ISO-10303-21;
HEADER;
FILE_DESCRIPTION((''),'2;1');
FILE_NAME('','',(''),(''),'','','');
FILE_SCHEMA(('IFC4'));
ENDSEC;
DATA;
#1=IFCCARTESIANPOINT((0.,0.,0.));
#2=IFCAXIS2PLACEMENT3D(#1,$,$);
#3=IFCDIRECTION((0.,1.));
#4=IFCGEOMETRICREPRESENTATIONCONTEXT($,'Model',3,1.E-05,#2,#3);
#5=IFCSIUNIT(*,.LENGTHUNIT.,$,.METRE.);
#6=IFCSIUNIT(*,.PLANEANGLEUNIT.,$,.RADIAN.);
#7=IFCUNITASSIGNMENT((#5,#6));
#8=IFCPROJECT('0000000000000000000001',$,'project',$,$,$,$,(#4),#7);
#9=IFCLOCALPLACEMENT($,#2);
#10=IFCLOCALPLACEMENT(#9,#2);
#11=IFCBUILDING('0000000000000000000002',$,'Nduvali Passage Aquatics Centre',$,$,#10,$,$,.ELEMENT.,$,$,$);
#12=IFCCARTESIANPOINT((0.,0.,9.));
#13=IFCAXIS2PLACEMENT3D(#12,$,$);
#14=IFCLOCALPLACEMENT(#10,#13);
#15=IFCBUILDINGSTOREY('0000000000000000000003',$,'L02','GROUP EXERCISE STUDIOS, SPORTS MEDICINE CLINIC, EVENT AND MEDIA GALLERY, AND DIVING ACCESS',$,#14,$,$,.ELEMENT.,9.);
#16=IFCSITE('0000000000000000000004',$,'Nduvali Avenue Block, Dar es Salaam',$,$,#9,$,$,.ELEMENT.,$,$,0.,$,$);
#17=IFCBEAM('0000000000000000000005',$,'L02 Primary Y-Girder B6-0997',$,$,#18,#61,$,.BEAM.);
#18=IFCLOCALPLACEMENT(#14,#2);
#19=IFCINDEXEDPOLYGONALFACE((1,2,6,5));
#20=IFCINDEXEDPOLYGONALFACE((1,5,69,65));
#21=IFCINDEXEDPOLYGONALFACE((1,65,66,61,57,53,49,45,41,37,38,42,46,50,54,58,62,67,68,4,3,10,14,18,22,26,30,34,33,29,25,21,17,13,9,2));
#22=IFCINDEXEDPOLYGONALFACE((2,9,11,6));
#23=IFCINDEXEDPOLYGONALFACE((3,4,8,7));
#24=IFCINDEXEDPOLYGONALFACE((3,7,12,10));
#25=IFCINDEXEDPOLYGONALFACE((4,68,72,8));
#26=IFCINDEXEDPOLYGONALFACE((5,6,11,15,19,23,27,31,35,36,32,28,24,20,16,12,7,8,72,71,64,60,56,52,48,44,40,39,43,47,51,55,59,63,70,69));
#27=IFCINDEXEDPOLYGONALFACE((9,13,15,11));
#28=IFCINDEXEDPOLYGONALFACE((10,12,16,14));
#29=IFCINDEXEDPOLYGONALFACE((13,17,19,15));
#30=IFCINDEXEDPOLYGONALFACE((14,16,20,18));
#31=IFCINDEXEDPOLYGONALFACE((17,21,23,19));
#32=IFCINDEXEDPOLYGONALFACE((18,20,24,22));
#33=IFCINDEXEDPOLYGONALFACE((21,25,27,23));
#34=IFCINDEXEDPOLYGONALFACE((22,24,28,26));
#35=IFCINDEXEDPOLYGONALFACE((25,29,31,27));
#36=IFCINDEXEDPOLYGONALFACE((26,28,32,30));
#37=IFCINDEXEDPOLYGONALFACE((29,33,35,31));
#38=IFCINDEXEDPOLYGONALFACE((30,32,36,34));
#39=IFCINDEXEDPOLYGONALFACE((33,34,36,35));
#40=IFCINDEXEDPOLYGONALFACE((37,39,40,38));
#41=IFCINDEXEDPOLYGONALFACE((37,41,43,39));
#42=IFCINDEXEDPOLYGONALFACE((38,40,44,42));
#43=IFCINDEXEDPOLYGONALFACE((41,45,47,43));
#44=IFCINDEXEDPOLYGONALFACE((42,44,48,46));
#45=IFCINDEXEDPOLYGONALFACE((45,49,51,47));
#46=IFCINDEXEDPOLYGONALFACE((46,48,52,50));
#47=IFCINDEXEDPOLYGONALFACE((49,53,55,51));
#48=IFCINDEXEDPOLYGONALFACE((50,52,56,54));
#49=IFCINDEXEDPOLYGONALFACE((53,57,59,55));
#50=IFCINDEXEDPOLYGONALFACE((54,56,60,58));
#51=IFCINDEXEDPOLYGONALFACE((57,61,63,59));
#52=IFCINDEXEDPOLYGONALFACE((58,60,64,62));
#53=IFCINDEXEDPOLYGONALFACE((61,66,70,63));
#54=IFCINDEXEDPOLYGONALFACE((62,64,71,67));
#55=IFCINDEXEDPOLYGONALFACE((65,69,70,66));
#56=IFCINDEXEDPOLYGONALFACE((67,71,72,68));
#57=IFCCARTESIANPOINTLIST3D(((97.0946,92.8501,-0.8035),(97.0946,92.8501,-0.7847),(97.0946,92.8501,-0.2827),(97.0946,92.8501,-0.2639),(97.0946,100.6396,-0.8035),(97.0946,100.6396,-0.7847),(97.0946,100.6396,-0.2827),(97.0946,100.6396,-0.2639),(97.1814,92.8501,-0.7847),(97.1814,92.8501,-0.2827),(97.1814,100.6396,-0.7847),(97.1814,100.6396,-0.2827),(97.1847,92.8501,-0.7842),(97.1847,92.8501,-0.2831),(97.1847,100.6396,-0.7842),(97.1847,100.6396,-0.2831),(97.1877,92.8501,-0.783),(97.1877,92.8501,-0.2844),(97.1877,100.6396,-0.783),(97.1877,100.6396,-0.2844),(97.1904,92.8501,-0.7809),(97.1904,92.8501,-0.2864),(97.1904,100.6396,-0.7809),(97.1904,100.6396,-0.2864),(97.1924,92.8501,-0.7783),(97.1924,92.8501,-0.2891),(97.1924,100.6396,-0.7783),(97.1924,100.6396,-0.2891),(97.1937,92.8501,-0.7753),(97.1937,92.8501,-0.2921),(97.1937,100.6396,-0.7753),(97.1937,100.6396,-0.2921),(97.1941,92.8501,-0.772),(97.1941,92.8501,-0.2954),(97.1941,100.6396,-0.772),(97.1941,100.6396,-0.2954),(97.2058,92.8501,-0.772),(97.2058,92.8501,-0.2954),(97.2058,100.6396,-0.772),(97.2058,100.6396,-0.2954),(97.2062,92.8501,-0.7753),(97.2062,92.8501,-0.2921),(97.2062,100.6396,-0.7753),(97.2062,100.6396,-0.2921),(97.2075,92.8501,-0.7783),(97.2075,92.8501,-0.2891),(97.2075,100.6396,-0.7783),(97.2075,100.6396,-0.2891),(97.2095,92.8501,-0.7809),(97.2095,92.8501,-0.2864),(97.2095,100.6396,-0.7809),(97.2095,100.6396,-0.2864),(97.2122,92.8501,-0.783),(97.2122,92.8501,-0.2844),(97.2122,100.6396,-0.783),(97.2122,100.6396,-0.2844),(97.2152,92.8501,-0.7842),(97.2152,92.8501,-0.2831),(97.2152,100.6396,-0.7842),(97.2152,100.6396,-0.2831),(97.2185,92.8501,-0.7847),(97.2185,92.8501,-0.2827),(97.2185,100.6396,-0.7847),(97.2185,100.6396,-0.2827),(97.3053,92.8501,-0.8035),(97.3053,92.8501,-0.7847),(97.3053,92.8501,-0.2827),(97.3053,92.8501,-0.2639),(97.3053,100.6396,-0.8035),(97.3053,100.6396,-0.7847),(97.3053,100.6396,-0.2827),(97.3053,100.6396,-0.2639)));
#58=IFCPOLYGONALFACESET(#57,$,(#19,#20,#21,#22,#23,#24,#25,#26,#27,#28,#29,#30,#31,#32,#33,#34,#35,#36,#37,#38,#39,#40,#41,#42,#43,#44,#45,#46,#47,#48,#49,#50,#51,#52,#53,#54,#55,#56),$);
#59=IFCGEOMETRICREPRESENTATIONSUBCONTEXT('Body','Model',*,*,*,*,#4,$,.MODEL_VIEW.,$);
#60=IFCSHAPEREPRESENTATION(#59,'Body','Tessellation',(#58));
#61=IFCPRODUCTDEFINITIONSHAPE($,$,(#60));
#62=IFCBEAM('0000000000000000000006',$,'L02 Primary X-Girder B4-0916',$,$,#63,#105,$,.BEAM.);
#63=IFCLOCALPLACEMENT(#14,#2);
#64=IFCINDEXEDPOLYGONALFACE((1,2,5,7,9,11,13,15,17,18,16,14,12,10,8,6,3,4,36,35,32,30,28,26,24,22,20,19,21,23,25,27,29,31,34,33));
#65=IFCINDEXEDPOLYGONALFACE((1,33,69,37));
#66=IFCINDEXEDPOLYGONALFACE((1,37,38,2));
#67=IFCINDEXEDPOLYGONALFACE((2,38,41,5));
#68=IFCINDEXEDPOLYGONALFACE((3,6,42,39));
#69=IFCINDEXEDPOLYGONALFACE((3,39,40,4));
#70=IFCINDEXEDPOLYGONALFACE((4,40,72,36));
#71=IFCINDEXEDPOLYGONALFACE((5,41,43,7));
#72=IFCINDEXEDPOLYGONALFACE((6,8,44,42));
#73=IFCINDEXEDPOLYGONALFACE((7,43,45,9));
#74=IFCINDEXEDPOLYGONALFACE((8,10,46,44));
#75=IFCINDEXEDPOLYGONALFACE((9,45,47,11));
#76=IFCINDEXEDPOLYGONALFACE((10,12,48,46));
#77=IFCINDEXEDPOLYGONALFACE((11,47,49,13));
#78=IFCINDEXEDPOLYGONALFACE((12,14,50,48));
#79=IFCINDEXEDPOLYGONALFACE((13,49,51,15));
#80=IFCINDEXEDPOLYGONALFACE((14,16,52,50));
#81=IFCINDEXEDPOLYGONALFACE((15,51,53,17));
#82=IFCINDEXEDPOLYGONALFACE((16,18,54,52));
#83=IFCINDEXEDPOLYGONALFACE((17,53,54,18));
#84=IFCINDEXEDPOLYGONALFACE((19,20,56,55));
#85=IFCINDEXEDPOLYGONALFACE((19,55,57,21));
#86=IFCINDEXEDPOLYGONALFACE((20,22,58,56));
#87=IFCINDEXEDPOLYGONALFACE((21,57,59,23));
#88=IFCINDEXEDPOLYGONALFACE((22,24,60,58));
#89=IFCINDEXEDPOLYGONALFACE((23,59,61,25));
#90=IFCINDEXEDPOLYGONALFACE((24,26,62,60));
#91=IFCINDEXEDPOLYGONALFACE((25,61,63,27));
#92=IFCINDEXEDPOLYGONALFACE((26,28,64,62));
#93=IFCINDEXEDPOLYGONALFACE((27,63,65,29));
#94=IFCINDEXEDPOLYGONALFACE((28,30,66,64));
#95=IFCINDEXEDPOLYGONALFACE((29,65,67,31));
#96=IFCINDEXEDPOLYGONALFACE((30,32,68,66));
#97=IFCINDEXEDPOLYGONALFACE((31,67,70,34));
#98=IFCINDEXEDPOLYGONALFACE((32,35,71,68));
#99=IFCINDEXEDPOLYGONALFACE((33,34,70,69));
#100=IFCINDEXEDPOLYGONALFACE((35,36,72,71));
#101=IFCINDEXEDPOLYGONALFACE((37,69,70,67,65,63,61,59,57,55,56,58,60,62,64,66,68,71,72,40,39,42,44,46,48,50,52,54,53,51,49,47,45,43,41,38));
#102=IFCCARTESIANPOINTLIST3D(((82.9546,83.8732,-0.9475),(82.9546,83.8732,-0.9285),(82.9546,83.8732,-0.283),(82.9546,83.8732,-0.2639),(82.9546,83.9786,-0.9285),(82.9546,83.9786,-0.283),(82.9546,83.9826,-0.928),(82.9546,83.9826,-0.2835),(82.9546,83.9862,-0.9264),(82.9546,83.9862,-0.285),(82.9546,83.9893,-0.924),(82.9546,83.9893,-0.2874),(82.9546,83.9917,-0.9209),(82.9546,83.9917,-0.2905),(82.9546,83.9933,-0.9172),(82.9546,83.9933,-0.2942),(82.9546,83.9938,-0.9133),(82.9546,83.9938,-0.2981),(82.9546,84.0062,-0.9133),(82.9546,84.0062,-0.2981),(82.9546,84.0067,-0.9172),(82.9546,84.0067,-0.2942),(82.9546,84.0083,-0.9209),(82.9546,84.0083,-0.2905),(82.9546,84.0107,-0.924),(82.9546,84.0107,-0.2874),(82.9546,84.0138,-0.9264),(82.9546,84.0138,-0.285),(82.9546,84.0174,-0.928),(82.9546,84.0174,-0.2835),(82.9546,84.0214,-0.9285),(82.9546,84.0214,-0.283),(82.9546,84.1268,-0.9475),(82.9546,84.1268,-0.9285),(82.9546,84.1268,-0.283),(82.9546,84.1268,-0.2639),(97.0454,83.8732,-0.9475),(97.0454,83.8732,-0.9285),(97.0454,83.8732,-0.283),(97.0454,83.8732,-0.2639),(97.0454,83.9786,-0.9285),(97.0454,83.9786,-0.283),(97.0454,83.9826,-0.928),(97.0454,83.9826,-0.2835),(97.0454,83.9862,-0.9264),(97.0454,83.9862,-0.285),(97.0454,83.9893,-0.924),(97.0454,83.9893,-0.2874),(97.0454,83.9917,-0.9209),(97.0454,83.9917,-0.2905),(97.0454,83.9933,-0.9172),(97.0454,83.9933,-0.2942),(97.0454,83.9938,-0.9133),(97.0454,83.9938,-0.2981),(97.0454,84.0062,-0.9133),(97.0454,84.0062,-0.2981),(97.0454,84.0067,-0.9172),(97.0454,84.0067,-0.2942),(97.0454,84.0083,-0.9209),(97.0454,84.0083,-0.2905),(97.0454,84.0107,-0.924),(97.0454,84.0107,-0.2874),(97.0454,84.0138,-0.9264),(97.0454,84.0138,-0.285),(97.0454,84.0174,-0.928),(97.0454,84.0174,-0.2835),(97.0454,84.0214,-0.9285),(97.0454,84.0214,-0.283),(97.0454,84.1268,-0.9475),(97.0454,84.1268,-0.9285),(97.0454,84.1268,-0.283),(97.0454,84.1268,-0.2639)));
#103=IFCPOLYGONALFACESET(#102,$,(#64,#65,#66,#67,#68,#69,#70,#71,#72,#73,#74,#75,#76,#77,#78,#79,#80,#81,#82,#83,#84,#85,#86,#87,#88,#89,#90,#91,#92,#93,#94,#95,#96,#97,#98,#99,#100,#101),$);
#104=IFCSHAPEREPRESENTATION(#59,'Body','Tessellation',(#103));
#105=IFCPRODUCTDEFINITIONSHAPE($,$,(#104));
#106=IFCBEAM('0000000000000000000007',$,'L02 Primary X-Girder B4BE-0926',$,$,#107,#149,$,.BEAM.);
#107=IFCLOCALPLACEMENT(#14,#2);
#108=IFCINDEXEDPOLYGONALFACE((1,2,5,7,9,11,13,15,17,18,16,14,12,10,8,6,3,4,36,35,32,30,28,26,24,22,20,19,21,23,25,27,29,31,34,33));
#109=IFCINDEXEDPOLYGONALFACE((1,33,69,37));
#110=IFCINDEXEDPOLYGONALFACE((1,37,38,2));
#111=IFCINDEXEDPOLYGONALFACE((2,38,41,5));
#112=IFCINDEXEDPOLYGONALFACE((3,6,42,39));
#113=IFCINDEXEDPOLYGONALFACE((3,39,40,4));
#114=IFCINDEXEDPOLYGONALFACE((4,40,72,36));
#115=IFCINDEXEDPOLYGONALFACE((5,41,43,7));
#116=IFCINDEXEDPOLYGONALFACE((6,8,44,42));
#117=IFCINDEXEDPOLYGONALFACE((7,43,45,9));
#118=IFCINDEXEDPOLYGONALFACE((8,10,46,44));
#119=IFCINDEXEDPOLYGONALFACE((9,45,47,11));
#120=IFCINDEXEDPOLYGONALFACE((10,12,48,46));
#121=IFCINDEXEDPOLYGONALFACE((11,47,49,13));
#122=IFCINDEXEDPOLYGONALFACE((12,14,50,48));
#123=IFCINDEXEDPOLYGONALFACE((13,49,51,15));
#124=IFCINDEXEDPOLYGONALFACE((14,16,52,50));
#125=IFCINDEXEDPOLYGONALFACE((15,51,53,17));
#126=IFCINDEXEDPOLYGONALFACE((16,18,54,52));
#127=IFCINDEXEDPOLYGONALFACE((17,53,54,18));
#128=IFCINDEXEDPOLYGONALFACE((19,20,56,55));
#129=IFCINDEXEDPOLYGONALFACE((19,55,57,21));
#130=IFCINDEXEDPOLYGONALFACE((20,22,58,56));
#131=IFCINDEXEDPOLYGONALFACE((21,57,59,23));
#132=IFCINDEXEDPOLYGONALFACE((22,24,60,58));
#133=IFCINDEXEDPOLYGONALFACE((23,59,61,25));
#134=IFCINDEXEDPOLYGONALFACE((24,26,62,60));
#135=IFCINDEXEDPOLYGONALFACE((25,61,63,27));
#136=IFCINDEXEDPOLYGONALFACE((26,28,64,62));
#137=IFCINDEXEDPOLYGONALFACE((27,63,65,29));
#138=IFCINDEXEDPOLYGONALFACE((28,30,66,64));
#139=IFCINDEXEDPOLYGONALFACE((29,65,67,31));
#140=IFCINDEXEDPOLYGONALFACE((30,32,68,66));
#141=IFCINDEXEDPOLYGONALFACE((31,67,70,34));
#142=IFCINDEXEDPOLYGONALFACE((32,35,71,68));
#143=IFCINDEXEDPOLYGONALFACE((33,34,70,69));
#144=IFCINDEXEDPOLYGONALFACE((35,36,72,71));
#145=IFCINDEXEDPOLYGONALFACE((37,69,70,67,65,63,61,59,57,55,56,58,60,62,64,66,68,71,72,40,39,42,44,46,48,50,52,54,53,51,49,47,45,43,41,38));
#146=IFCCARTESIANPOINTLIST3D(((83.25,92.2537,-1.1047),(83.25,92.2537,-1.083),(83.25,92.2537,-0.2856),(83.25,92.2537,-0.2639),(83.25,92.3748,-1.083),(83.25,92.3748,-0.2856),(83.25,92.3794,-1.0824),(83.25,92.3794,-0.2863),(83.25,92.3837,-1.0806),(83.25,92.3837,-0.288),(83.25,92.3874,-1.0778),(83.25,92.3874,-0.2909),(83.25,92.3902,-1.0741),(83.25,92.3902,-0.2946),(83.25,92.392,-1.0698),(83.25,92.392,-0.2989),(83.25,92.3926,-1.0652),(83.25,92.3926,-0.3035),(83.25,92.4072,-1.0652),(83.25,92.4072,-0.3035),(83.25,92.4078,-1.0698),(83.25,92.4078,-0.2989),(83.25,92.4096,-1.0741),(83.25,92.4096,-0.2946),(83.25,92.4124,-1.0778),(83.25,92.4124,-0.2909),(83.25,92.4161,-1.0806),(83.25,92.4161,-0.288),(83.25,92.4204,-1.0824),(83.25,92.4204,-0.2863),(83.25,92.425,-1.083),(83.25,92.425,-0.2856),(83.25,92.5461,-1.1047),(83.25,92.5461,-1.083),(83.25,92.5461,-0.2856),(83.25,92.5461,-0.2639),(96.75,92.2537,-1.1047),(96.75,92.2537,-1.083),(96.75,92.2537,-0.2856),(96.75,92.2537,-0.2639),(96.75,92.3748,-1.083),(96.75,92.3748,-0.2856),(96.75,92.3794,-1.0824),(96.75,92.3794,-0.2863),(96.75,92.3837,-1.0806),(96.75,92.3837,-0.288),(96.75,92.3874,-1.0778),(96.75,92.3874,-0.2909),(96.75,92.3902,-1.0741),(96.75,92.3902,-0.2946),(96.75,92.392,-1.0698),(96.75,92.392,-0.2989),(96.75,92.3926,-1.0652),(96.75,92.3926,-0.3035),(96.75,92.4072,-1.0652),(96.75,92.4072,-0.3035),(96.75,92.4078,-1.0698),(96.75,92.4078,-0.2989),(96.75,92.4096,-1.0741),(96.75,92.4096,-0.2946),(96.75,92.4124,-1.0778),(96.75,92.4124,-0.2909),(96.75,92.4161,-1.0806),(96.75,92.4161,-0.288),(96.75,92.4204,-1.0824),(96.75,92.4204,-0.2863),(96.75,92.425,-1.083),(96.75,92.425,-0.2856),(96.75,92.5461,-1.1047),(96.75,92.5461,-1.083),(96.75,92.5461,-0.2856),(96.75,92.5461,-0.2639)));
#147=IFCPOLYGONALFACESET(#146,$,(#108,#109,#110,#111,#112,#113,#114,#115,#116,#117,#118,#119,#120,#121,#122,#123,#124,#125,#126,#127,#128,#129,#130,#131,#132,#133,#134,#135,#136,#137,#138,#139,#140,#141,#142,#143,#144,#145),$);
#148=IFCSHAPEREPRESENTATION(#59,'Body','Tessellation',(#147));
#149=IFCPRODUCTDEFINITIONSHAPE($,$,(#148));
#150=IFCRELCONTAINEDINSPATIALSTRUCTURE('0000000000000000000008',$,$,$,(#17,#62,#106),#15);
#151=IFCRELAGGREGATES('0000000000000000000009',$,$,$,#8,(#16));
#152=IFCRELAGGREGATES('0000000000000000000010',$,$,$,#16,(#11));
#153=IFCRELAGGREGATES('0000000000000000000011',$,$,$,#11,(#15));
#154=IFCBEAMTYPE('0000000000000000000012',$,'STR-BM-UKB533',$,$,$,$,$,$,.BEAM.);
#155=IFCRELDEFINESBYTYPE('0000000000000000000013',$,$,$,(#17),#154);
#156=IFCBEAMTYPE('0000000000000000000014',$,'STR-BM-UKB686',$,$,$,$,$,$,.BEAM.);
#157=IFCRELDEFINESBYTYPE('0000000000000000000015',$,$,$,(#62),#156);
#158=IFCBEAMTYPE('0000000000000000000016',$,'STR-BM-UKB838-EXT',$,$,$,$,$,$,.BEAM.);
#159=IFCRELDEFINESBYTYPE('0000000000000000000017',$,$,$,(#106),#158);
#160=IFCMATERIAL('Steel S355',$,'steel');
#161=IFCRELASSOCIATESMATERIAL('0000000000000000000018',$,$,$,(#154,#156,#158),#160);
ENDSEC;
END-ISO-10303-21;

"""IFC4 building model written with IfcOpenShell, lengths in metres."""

from ifc_helpers import new_model, si_unit, direction, frame, origin, origin_2d, place, context, subcontext, project, spatial, i_section, extrude, material, material_profile, profile_set, type_object, element, save


model = new_model("IFC4")

# Units and contexts
model_context = context("Model", 3, precision=1e-05, world=origin(), true_north=direction((0.0, 1.0)))
body_context = subcontext(model_context, "Body", "Model", "MODEL_VIEW")
ifc_project = project(units=[si_unit("LENGTHUNIT", "METRE"), si_unit("PLANEANGLEUNIT", "RADIAN")], contexts=[model_context])

# Site, building, storey
site_placement = place(None, origin())
site = spatial("IfcSite", under=ifc_project, at=site_placement, Name="Nduvali Avenue Block, Dar es Salaam", CompositionType="ELEMENT", RefElevation=0.0)
building_placement = place(site_placement, origin())
building = spatial("IfcBuilding", under=site, at=building_placement, Name="Nduvali Passage Aquatics Centre", CompositionType="ELEMENT")
storey_placement = place(building_placement, frame((0.0, 0.0, 9.0)))
storey = spatial("IfcBuildingStorey", under=building, at=storey_placement, Name="L02", Description="GROUP EXERCISE STUDIOS, SPORTS MEDICINE CLINIC, EVENT AND MEDIA GALLERY, AND DIVING ACCESS", CompositionType="ELEMENT", Elevation=9.0)

# Beams
ifc_material_1 = material(Name="Steel S355", Category="steel")
ifc_material_profile_1 = material_profile(ifc_material_1, i_section(OverallWidth=0.2107, OverallDepth=0.5396, WebThickness=0.0117, FlangeThickness=0.0188, FilletRadius=0.0127, at=origin_2d()), Name="UKB 533x210x109")
ifc_profile_set_1 = profile_set([ifc_material_profile_1], Name="Steel S355")
beam_type_1 = type_object("IfcBeamType", Name="STR-BM-UKB533", PredefinedType="BEAM", material=ifc_profile_set_1)
for number, where, z_axis, x_axis, name in (
    (1, (97.2, 92.8501, -0.5337), (0.0, 1.0, 0.0), (-1.0, 0.0, 0.0), "L02 Primary Y-Girder B6-0997"),
):
    element("IfcBeam", number, at=place(storey_placement, frame(where, z_axis=z_axis, x_axis=x_axis)), inside=storey, type_object=beam_type_1, Name=name, PredefinedType="BEAM", context=body_context, shape_type="SweptSolid", body=[
        extrude(i_section(OverallWidth=0.2107, OverallDepth=0.5396, WebThickness=0.0117, FlangeThickness=0.0188, FilletRadius=0.0127, at=origin_2d()), origin(), (0.0, 0.0, 1.0), 7.7896),
    ])
ifc_material_profile_2 = material_profile(ifc_material_1, i_section(OverallWidth=0.2537, OverallDepth=0.6836, WebThickness=0.0125, FlangeThickness=0.019, FilletRadius=0.0151, at=origin_2d()), Name="UKB 686x254x140")
ifc_profile_set_2 = profile_set([ifc_material_profile_2], Name="Steel S355")
beam_type_2 = type_object("IfcBeamType", Name="STR-BM-UKB686", PredefinedType="BEAM", material=ifc_profile_set_2)
beam_1_placement = place(storey_placement, frame((82.9546, 84.0, -0.6057), z_axis=(1.0, 0.0, 0.0), x_axis=(0.0, 1.0, 0.0)))
element("IfcBeam", 2, at=beam_1_placement, inside=storey, type_object=beam_type_2, Name="L02 Primary X-Girder B4-0916", PredefinedType="BEAM", context=body_context, shape_type="SweptSolid", body=[
    extrude(i_section(OverallWidth=0.2537, OverallDepth=0.6836, WebThickness=0.0125, FlangeThickness=0.019, FilletRadius=0.0151, at=origin_2d()), origin(), (0.0, 0.0, 1.0), 14.0908),
])
ifc_material_profile_3 = material_profile(ifc_material_1, i_section(OverallWidth=0.2925, OverallDepth=0.8408, WebThickness=0.0146, FlangeThickness=0.0217, FilletRadius=0.0178, at=origin_2d()), Name="UKB 838x292x194")
ifc_profile_set_3 = profile_set([ifc_material_profile_3], Name="Steel S355")
beam_type_3 = type_object("IfcBeamType", Name="STR-BM-UKB838-EXT", PredefinedType="BEAM", material=ifc_profile_set_3)
beam_2_placement = place(storey_placement, frame((83.25, 92.3999, -0.6843), z_axis=(1.0, 0.0, 0.0), x_axis=(0.0, 1.0, 0.0)))
element("IfcBeam", 3, at=beam_2_placement, inside=storey, type_object=beam_type_3, Name="L02 Primary X-Girder B4BE-0926", PredefinedType="BEAM", context=body_context, shape_type="SweptSolid", body=[
    extrude(i_section(OverallWidth=0.2925, OverallDepth=0.8408, WebThickness=0.0146, FlangeThickness=0.0217, FilletRadius=0.0178, at=origin_2d()), origin(), (0.0, 0.0, 1.0), 13.5),
])

save(model, "model.ifc")
